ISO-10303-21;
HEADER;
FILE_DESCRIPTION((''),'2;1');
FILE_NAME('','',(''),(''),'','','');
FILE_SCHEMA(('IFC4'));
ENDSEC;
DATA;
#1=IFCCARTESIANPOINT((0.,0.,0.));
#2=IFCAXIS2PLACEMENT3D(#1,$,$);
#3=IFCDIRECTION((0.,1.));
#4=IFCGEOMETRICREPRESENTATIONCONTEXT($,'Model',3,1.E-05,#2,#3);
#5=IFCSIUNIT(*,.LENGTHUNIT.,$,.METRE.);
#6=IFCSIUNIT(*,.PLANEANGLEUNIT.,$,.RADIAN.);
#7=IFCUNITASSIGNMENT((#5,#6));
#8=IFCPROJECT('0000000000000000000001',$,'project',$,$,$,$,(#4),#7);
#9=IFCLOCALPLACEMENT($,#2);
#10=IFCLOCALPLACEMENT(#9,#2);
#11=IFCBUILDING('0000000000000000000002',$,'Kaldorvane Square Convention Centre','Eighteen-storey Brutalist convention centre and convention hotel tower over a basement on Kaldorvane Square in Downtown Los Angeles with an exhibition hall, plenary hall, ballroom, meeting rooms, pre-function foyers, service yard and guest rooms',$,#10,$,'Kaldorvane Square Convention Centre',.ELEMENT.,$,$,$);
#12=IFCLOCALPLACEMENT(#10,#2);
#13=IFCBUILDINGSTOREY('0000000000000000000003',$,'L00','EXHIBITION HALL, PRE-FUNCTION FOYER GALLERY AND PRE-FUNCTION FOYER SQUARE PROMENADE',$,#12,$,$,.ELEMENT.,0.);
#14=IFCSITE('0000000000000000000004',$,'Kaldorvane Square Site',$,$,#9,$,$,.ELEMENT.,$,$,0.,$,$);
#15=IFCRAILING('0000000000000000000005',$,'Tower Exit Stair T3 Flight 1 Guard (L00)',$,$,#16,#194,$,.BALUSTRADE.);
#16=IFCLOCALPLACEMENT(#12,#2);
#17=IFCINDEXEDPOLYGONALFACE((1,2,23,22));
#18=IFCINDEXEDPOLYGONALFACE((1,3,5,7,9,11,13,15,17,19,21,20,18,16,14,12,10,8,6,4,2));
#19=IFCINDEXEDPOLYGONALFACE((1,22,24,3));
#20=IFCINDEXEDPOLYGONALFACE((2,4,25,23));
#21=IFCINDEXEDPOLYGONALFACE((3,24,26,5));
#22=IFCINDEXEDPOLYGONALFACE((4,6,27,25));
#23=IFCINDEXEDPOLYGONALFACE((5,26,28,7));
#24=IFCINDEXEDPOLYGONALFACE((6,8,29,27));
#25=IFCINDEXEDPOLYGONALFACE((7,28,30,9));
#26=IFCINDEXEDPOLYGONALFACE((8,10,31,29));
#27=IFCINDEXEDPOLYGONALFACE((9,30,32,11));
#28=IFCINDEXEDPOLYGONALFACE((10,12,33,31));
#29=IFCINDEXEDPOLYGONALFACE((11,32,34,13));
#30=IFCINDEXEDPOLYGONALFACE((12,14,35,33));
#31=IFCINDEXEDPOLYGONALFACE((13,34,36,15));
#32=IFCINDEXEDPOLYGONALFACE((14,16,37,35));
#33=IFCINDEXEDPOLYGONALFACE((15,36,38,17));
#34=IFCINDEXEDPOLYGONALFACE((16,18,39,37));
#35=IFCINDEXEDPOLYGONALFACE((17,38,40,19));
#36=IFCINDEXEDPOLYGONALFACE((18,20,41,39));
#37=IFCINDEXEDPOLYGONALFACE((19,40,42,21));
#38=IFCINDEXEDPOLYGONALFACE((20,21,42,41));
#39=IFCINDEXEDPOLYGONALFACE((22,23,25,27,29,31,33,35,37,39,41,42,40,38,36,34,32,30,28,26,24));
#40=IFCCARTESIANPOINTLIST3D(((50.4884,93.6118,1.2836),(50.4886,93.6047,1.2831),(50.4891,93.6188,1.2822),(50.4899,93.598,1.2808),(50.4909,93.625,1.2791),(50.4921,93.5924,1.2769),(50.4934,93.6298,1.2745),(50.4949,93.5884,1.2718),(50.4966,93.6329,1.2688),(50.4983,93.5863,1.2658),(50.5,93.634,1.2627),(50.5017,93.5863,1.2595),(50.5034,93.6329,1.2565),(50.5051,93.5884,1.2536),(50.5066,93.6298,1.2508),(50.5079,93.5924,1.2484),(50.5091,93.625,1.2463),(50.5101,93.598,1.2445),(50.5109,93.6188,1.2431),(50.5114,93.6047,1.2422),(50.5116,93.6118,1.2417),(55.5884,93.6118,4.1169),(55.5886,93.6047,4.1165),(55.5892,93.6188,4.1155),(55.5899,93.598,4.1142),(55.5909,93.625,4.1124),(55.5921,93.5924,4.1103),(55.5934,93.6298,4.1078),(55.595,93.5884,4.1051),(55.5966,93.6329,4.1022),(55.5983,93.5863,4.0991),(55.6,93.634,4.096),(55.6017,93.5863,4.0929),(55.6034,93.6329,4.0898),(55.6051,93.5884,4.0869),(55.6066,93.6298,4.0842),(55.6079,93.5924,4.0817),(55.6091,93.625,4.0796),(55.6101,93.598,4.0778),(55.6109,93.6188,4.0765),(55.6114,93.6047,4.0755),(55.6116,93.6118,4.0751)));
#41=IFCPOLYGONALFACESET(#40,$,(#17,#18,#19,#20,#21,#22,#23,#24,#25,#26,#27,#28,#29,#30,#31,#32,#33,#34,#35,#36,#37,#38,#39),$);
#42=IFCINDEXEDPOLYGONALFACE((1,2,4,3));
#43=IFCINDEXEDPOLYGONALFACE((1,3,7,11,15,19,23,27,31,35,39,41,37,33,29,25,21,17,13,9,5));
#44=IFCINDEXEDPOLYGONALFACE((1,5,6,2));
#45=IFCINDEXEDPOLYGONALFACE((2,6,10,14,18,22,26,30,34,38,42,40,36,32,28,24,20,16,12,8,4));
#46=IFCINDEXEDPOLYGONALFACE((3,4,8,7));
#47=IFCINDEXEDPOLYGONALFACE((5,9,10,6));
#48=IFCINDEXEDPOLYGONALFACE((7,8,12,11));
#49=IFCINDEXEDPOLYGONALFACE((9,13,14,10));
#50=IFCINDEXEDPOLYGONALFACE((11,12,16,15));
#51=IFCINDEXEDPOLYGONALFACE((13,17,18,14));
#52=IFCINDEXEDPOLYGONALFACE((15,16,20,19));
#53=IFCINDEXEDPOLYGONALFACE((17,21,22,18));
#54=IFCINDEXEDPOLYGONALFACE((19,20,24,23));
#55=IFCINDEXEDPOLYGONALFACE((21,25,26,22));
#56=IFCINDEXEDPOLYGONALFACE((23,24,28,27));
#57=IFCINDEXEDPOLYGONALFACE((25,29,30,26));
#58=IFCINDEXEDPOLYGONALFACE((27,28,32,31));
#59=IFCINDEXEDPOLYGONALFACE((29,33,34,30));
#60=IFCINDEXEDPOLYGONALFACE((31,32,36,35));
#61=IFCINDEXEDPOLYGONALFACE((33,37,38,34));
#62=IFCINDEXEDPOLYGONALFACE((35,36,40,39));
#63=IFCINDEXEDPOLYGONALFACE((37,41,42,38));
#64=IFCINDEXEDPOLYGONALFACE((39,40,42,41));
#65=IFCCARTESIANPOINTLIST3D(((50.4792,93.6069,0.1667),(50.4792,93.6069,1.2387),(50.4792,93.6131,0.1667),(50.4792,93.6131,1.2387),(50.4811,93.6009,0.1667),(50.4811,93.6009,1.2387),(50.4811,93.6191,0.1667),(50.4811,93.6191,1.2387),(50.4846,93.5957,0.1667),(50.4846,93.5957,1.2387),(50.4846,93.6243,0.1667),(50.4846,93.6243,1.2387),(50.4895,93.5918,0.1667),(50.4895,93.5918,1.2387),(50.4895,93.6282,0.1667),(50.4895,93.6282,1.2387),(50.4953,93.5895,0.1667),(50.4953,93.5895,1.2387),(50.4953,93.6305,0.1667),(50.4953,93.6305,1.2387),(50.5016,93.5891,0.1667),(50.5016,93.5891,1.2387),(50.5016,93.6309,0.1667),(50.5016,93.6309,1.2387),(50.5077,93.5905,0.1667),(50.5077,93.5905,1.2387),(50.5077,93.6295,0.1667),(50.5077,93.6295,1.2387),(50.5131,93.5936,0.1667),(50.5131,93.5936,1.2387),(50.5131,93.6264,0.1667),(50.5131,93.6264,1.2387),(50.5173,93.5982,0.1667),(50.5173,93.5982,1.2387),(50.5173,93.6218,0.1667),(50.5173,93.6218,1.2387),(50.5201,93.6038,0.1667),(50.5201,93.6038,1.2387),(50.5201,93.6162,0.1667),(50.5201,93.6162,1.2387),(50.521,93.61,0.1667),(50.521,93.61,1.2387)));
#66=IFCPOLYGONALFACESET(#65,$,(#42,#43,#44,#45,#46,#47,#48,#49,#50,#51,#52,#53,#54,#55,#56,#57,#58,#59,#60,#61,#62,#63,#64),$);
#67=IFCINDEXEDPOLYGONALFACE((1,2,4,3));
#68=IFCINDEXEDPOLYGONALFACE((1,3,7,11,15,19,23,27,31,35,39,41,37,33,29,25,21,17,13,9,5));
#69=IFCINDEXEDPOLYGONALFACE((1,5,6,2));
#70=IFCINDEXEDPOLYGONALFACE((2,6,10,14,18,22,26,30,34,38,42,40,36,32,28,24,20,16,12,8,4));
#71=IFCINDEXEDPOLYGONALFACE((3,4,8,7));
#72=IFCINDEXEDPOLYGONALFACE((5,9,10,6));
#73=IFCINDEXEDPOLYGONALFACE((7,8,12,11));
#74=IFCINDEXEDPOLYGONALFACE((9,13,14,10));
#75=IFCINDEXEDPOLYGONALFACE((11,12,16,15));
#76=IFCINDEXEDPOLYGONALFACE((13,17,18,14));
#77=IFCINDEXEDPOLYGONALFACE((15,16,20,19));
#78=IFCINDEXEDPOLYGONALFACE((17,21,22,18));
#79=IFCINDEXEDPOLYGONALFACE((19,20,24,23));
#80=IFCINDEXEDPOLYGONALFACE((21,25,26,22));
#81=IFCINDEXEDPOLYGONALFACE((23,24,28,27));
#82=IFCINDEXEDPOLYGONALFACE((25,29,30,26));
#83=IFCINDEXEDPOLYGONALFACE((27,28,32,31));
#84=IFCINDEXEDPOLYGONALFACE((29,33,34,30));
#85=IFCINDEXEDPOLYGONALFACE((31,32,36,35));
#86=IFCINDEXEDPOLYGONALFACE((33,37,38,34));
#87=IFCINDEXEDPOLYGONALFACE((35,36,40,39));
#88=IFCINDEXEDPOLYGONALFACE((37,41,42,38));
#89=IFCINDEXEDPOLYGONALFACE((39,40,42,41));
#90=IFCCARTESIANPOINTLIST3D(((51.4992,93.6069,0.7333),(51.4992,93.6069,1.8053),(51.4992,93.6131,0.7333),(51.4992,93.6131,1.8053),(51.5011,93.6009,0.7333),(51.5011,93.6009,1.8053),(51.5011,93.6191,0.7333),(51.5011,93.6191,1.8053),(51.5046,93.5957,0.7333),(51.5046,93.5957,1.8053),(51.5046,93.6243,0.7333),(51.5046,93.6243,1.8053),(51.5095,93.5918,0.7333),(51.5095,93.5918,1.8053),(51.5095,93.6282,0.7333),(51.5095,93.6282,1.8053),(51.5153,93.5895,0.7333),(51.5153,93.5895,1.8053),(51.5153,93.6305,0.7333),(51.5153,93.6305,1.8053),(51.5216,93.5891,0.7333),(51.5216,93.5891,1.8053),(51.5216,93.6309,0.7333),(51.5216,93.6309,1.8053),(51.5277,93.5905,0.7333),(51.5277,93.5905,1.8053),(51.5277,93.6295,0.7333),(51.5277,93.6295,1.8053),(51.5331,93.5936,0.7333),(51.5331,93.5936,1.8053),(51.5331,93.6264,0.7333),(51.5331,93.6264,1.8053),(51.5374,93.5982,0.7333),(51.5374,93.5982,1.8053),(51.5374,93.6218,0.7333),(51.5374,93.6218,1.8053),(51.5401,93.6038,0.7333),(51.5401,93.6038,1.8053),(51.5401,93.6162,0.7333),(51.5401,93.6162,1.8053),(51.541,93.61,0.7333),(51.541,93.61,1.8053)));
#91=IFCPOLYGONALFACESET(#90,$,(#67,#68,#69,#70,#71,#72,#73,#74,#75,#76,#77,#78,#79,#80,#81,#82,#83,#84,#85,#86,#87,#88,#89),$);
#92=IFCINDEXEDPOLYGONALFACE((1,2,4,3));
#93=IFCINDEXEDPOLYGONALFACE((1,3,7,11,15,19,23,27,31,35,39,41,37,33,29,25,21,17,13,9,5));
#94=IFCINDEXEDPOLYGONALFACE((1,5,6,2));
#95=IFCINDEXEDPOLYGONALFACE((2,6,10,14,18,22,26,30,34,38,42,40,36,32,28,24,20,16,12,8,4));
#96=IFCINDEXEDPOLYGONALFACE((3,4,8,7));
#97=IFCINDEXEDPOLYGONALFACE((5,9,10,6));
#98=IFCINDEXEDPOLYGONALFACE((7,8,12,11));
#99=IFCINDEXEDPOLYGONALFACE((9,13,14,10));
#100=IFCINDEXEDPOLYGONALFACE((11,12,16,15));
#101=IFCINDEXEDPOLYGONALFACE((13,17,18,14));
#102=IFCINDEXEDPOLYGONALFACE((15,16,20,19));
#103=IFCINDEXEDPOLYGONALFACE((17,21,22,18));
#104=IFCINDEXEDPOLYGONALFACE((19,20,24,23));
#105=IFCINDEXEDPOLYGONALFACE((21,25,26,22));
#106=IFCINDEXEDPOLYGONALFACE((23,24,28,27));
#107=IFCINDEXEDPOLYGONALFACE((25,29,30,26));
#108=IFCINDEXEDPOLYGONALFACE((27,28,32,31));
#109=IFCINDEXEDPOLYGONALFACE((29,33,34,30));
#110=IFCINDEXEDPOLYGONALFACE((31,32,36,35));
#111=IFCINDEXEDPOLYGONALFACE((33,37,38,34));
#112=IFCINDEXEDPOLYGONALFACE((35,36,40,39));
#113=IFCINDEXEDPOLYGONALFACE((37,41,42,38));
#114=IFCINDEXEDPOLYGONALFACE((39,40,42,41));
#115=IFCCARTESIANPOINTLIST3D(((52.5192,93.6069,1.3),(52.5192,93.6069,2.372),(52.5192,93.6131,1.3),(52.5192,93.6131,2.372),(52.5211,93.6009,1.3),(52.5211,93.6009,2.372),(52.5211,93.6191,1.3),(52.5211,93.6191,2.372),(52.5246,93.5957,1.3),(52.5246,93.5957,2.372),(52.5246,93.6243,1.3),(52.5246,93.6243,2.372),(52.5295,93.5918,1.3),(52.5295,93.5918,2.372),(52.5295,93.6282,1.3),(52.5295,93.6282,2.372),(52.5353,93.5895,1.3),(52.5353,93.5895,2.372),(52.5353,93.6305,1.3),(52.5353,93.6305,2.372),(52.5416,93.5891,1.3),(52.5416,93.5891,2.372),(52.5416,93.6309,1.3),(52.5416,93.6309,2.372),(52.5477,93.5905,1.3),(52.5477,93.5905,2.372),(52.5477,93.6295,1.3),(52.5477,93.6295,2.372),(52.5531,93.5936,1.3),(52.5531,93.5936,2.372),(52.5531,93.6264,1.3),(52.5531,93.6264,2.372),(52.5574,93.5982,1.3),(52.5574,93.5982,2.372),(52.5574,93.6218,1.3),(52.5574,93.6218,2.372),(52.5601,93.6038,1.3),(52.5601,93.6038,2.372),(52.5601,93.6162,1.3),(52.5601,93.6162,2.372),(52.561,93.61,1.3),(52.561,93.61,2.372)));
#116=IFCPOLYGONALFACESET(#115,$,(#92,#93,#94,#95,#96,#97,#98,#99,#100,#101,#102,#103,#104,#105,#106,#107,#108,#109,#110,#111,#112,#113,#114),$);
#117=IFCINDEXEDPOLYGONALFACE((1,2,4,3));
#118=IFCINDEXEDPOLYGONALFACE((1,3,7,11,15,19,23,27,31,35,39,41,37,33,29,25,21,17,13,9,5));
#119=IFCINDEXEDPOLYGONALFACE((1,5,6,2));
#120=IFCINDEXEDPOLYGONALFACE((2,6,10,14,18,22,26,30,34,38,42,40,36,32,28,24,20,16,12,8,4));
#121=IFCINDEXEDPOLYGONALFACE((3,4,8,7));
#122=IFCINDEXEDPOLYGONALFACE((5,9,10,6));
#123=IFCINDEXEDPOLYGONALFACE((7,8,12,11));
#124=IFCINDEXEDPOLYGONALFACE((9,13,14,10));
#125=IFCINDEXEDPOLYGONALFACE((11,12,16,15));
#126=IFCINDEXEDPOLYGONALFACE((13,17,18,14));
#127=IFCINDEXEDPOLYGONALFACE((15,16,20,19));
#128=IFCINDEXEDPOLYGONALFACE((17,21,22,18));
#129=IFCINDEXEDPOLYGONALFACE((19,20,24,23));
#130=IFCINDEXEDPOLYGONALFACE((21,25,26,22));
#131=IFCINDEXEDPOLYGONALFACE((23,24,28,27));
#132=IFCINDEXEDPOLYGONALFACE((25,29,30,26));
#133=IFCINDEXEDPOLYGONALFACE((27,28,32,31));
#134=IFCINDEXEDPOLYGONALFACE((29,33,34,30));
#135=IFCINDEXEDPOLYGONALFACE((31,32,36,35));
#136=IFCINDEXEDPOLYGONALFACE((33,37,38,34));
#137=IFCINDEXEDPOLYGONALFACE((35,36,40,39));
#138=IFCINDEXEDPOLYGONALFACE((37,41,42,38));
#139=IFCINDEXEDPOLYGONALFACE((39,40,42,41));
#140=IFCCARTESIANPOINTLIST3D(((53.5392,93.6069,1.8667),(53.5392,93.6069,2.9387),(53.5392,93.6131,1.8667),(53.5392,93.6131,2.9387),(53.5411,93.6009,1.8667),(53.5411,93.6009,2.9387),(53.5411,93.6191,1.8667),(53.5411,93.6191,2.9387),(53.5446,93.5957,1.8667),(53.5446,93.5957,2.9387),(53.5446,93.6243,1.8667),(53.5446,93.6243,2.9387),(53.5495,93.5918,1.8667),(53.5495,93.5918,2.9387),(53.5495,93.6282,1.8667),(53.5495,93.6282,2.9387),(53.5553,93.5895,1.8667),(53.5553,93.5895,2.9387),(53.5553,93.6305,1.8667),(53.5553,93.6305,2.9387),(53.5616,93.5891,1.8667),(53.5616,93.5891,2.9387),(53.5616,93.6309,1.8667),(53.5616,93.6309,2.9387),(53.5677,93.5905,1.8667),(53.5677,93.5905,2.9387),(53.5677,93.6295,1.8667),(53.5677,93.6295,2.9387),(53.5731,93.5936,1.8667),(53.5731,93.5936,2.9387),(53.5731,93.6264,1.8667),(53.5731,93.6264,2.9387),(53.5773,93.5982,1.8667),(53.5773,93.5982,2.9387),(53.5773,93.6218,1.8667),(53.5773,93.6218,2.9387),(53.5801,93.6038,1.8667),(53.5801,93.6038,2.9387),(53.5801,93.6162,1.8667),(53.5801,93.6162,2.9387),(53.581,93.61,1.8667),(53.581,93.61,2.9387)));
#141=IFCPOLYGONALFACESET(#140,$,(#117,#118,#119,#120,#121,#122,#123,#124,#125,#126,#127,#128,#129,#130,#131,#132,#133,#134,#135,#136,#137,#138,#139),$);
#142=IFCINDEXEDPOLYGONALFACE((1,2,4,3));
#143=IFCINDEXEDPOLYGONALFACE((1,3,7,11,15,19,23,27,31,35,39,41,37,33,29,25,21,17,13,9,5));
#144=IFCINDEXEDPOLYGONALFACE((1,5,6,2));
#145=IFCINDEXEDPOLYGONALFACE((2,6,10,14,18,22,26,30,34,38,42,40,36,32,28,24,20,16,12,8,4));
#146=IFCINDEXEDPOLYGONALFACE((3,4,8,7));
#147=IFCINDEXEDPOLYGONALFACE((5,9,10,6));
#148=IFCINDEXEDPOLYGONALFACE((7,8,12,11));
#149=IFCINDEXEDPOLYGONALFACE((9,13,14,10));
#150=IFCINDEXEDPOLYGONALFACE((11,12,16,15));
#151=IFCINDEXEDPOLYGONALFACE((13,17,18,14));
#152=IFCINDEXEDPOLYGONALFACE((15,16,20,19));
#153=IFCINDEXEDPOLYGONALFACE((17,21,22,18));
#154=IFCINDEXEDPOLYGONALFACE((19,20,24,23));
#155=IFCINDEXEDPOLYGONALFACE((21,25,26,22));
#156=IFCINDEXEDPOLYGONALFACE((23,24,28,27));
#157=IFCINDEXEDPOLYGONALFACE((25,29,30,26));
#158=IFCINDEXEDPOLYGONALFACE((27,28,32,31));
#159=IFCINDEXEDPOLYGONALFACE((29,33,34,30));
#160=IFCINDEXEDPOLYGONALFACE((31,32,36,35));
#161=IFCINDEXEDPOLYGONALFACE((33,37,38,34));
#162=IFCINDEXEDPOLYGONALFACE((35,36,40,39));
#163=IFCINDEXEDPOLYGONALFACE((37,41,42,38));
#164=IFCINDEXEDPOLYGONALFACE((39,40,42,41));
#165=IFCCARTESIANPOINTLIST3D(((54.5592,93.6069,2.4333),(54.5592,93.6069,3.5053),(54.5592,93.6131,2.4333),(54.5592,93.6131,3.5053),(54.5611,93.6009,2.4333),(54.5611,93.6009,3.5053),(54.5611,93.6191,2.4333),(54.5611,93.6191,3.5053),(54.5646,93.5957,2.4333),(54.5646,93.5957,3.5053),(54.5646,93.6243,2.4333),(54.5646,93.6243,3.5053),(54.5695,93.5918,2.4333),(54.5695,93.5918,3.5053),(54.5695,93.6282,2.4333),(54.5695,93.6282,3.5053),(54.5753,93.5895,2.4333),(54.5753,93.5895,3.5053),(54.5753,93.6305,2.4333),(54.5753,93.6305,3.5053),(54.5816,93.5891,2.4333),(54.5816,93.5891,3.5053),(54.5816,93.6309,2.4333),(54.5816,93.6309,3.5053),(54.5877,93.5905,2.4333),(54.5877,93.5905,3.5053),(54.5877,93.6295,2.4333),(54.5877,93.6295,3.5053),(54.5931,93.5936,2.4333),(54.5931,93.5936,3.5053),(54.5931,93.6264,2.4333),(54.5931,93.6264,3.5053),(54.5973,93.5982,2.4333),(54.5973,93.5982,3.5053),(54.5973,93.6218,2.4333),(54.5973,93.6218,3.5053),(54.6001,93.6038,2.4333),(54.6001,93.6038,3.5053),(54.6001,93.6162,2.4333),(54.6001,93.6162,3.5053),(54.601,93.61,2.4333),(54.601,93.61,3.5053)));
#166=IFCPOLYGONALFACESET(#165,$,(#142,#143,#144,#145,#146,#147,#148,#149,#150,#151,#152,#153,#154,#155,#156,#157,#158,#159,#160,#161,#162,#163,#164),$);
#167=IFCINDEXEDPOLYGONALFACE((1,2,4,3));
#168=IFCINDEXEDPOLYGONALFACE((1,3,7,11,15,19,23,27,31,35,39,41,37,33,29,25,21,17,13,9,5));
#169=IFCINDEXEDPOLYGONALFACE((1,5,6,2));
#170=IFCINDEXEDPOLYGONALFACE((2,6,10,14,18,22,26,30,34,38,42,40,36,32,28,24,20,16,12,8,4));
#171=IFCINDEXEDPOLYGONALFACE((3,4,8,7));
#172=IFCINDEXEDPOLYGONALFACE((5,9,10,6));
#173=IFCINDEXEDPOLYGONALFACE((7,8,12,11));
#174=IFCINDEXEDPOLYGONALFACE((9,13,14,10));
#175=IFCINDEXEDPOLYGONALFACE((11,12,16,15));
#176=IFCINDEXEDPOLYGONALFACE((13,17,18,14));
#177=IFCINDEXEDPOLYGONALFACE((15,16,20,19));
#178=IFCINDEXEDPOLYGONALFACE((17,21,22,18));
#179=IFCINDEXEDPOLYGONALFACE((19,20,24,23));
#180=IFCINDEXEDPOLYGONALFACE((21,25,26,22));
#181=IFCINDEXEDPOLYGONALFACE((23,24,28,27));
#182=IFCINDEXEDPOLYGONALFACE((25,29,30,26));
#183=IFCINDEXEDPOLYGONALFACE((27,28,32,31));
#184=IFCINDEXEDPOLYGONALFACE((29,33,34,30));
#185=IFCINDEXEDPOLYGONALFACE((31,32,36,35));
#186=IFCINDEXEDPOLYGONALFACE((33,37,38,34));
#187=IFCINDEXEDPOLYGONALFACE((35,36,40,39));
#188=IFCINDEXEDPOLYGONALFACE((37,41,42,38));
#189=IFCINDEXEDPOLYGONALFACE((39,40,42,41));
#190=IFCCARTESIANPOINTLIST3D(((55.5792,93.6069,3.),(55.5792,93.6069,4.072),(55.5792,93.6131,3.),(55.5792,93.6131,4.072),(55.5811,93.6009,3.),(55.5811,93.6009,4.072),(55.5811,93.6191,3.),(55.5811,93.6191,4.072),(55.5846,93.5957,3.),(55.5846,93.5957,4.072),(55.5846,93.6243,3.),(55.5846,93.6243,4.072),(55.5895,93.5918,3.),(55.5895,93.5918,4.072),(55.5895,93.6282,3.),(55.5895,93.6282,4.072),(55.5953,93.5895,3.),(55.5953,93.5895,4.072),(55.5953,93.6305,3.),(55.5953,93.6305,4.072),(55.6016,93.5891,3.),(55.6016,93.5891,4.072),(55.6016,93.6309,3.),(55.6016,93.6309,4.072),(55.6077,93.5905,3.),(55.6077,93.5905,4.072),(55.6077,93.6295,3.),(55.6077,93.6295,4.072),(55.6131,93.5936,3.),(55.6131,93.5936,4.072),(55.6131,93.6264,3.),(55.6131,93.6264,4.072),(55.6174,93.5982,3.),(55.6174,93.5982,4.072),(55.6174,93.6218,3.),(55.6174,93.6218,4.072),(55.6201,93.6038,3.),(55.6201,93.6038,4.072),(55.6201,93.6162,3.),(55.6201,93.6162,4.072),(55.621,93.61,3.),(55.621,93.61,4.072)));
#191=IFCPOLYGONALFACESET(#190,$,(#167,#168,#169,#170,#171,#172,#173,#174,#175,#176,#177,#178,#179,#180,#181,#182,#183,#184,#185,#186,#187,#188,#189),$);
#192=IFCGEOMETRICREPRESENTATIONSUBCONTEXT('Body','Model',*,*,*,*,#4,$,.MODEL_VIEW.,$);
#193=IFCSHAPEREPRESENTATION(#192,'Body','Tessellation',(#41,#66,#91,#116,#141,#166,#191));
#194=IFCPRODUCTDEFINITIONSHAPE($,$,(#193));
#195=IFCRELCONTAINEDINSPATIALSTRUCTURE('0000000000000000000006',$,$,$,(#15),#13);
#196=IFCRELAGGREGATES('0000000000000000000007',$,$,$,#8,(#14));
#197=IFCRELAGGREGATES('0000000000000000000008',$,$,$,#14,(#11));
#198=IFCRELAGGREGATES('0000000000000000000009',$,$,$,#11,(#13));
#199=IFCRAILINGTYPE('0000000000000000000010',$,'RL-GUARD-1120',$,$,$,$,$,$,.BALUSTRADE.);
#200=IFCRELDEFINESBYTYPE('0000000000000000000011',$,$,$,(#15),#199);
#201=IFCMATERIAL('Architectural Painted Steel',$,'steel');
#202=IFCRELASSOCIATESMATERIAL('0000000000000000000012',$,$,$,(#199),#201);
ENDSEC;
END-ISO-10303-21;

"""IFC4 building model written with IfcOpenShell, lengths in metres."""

from ifc_helpers import new_model, si_unit, direction, frame, origin, origin_2d, place, context, subcontext, project, spatial, circle, extrude, material, type_object, element, save


model = new_model("IFC4")

# Units and contexts
model_context = context("Model", 3, precision=1e-05, world=origin(), true_north=direction((0.0, 1.0)))
body_context = subcontext(model_context, "Body", "Model", "MODEL_VIEW")
ifc_project = project(units=[si_unit("LENGTHUNIT", "METRE"), si_unit("PLANEANGLEUNIT", "RADIAN")], contexts=[model_context])

# Site, building, storey
site_placement = place(None, origin())
site = spatial("IfcSite", under=ifc_project, at=site_placement, Name="Kaldorvane Square Site", CompositionType="ELEMENT", RefElevation=0.0)
building_placement = place(site_placement, origin())
building = spatial("IfcBuilding", under=site, at=building_placement, Name="Kaldorvane Square Convention Centre", Description="Eighteen-storey Brutalist convention centre and convention hotel tower over a basement on Kaldorvane Square in Downtown Los Angeles with an exhibition hall, plenary hall, ballroom, meeting rooms, pre-function foyers, service yard and guest rooms", LongName="Kaldorvane Square Convention Centre", CompositionType="ELEMENT")
storey_placement = place(building_placement, origin())
storey = spatial("IfcBuildingStorey", under=building, at=storey_placement, Name="L00", Description="EXHIBITION HALL, PRE-FUNCTION FOYER GALLERY AND PRE-FUNCTION FOYER SQUARE PROMENADE", CompositionType="ELEMENT", Elevation=0.0)

# Railing
ifc_material_1 = material(Name="Architectural Painted Steel", Category="steel")
railing_type_1 = type_object("IfcRailingType", Name="RL-GUARD-1120", PredefinedType="BALUSTRADE", material=ifc_material_1)
railing_1_placement = place(storey_placement, frame((50.5, 93.61, 0.1667)))
element("IfcRailing", 1, at=railing_1_placement, inside=storey, type_object=railing_type_1, Name="Tower Exit Stair T3 Flight 1 Guard (L00)", PredefinedType="BALUSTRADE", context=body_context, shape_type="SweptSolid", body=[
    extrude(circle(Radius=0.024, at=origin_2d()), frame((0.0, 0.0, 1.096), z_axis=(0.874158, 0.0, 0.485642), x_axis=(0.0, 1.0, 0.0)), (0.0, 0.0, 1.0), 5.8342),
    extrude(circle(Radius=0.021, at=origin_2d()), origin(), (0.0, 0.0, 1.0), 1.072),
    extrude(circle(Radius=0.021, at=origin_2d()), frame((1.02, 0.0, 0.5667)), (0.0, 0.0, 1.0), 1.072),
    extrude(circle(Radius=0.021, at=origin_2d()), frame((2.04, 0.0, 1.1333)), (0.0, 0.0, 1.0), 1.072),
    extrude(circle(Radius=0.021, at=origin_2d()), frame((3.06, 0.0, 1.7)), (0.0, 0.0, 1.0), 1.072),
    extrude(circle(Radius=0.021, at=origin_2d()), frame((4.08, 0.0, 2.2667)), (0.0, 0.0, 1.0), 1.072),
    extrude(circle(Radius=0.021, at=origin_2d()), frame((5.1, 0.0, 2.8333)), (0.0, 0.0, 1.0), 1.072),
])

save(model, "model.ifc")
